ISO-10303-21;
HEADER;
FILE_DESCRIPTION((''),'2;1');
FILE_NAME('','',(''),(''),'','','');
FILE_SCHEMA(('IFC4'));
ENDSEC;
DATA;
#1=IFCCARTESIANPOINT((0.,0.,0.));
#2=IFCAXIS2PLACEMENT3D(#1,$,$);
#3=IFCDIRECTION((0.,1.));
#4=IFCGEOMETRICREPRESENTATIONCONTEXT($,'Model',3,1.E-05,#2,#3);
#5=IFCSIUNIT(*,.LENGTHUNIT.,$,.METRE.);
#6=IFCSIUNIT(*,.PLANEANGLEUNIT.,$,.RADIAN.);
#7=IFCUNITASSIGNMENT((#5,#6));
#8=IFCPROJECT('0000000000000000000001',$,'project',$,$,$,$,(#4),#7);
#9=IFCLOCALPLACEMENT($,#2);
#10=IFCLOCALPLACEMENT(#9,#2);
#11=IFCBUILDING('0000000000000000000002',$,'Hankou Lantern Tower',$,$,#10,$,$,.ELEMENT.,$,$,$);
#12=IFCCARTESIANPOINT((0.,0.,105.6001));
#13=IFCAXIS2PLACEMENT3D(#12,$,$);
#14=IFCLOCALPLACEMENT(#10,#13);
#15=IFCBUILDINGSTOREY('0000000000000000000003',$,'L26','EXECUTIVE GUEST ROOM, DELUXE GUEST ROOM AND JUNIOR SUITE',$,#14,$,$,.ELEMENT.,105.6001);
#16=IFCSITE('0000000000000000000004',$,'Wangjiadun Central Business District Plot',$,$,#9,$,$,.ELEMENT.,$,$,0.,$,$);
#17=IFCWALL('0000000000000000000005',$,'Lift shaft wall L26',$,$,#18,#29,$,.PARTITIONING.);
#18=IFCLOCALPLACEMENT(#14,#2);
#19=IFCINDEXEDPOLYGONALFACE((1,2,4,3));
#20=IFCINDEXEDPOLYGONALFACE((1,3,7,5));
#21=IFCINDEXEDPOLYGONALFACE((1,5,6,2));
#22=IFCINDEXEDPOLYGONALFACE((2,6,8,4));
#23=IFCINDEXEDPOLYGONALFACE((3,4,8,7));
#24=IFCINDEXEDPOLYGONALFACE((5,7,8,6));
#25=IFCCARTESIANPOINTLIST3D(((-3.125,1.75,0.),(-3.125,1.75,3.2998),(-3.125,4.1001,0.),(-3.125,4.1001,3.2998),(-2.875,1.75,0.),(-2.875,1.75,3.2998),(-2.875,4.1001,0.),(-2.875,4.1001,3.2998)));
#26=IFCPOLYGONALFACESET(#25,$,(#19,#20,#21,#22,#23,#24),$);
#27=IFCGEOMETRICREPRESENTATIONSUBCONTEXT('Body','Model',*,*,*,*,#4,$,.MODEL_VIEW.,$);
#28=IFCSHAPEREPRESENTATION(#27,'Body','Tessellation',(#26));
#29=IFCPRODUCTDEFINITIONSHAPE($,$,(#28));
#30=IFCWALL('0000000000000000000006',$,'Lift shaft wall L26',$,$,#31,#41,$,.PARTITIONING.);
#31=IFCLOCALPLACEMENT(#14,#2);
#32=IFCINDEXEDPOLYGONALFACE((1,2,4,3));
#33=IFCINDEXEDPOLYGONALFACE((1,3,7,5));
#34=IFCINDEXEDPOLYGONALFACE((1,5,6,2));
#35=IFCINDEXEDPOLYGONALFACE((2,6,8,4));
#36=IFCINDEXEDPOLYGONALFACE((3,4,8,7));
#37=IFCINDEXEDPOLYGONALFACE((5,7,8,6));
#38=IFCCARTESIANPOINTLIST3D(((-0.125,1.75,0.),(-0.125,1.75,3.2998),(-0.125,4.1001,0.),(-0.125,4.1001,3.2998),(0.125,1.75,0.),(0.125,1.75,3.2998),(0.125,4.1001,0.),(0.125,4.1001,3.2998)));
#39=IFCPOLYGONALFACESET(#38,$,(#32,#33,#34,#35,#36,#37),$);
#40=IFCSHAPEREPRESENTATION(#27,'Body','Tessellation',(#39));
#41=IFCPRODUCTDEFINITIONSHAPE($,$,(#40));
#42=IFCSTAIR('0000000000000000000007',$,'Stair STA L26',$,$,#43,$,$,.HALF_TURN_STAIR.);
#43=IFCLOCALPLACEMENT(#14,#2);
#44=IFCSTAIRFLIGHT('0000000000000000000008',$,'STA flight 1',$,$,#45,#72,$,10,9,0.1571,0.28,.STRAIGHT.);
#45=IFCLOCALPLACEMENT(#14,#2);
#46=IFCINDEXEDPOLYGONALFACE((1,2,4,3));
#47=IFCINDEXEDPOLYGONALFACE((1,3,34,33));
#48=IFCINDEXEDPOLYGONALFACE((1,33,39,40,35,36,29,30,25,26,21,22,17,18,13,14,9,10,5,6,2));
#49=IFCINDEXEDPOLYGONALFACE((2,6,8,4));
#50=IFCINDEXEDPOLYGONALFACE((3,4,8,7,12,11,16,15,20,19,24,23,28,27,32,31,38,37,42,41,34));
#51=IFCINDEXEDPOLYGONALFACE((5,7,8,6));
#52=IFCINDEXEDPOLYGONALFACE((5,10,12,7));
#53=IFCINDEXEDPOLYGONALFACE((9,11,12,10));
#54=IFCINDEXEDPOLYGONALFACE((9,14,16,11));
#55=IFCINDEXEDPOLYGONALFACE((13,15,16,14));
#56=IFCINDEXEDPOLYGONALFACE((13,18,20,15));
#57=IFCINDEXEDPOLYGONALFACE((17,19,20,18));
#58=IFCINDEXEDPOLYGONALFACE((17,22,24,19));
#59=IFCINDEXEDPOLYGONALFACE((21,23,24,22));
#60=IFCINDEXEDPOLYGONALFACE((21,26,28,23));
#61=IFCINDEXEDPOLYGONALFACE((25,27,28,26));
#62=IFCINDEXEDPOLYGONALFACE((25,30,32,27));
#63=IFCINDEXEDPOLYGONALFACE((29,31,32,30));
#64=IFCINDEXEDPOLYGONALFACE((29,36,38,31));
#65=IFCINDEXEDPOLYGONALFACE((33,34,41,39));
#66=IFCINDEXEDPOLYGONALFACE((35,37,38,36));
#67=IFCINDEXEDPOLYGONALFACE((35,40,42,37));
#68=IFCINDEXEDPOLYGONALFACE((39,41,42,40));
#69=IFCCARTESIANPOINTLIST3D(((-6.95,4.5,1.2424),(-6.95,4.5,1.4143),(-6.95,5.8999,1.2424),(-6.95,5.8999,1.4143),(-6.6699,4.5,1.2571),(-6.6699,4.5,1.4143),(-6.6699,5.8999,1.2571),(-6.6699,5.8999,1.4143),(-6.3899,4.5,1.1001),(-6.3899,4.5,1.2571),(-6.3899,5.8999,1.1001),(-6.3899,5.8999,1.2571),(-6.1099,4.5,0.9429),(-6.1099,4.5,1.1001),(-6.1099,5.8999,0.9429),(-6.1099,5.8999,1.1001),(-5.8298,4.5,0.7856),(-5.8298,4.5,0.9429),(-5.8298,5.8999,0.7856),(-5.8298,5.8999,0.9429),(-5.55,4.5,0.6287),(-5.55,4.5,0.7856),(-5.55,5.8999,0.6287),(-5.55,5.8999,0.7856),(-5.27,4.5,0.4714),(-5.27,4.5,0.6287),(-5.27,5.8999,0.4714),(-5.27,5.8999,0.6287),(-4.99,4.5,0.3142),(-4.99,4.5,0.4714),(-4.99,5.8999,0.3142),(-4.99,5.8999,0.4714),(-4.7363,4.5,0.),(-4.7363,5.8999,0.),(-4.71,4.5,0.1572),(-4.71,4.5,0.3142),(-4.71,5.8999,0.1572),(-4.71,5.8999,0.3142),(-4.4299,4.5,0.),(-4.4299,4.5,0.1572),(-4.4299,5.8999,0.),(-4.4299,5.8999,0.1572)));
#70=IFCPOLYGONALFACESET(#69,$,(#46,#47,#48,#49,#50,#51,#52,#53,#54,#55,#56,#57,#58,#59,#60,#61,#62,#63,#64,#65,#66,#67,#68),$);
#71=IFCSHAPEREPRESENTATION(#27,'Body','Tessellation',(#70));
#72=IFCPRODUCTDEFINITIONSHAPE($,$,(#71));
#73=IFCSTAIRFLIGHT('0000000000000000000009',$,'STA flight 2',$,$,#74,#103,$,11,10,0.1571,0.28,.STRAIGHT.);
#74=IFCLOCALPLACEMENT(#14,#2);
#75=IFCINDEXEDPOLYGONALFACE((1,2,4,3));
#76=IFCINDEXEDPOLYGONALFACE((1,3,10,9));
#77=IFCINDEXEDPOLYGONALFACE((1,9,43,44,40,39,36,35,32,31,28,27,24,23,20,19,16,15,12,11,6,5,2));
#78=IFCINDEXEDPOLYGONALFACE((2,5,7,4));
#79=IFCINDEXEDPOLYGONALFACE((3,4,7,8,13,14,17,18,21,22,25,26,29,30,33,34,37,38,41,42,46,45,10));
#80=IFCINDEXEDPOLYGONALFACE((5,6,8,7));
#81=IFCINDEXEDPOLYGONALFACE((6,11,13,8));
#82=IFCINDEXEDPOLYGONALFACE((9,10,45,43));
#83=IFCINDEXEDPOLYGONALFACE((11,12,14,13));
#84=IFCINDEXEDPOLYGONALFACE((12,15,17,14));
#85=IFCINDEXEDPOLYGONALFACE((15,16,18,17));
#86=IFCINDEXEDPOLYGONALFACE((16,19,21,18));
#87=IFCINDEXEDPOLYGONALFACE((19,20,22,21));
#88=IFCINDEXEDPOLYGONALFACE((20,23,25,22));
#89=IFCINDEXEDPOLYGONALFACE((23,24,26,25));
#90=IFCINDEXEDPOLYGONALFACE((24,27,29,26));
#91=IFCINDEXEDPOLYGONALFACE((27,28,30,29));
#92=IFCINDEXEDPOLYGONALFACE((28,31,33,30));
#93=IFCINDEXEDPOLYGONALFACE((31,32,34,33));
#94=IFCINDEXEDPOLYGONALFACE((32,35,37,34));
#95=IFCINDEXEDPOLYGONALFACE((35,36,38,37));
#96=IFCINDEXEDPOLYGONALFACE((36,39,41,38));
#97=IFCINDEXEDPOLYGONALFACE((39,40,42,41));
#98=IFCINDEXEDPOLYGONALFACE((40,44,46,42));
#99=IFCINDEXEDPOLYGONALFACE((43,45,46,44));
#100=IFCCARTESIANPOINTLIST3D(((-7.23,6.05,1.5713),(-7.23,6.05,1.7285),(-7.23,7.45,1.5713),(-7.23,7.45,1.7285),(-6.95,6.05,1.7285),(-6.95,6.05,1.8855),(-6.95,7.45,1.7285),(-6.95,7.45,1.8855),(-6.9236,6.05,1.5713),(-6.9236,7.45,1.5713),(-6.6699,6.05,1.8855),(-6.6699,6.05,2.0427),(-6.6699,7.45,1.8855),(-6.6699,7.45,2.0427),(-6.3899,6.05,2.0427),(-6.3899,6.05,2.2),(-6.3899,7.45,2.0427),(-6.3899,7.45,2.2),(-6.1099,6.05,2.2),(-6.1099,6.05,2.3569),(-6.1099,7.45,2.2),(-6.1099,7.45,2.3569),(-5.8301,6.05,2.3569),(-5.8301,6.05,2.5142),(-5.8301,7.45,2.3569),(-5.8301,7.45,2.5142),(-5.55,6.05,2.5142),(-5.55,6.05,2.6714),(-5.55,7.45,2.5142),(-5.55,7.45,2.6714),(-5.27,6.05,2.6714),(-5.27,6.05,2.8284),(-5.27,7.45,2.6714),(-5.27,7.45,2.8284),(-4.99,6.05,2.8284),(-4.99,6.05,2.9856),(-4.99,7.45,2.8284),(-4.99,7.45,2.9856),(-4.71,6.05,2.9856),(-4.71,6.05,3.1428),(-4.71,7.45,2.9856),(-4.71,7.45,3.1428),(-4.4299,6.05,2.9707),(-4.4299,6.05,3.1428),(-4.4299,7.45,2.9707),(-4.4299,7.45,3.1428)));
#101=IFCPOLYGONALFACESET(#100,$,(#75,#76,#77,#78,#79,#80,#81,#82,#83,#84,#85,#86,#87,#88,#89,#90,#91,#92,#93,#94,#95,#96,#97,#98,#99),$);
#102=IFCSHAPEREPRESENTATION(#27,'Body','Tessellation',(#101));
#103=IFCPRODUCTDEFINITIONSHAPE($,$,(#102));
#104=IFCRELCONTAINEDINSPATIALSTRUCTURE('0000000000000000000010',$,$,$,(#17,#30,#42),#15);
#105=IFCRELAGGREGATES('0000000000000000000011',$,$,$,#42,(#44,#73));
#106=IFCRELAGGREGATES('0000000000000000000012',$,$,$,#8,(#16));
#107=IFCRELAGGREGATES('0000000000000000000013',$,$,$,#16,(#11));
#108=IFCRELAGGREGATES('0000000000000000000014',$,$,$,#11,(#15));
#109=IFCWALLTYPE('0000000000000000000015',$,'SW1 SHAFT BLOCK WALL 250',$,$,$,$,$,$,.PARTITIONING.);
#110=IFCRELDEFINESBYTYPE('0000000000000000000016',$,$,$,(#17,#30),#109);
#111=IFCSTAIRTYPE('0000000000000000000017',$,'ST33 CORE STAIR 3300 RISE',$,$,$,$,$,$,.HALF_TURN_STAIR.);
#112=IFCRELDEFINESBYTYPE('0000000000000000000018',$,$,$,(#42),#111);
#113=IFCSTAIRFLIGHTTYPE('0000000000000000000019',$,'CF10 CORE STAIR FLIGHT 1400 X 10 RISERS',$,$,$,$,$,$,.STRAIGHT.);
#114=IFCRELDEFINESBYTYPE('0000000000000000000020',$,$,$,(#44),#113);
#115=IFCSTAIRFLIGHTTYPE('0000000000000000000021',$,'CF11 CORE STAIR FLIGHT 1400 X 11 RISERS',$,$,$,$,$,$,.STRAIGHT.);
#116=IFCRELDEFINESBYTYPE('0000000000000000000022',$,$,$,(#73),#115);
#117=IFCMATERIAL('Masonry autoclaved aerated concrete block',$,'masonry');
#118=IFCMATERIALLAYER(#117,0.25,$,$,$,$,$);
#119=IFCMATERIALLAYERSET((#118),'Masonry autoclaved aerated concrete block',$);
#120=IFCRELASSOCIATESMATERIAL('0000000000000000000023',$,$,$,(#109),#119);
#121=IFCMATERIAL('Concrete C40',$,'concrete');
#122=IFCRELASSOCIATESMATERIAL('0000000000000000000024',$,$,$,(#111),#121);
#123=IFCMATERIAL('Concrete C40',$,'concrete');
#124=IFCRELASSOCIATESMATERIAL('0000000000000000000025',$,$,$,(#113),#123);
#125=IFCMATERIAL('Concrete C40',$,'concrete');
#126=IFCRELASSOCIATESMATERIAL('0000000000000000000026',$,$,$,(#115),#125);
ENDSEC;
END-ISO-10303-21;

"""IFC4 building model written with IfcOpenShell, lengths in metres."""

from ifc_helpers import new_model, si_unit, direction, frame, frame_2d, origin, place, context, subcontext, project, spatial, polyline, rectangle, outline, extrude, material, layer, layer_set, type_object, element, aggregate, save


model = new_model("IFC4")

# Units and contexts
model_context = context("Model", 3, precision=1e-05, world=origin(), true_north=direction((0.0, 1.0)))
body_context = subcontext(model_context, "Body", "Model", "MODEL_VIEW")
ifc_project = project(units=[si_unit("LENGTHUNIT", "METRE"), si_unit("PLANEANGLEUNIT", "RADIAN")], contexts=[model_context])

# Site, building, storey
site_placement = place(None, origin())
site = spatial("IfcSite", under=ifc_project, at=site_placement, Name="Wangjiadun Central Business District Plot", CompositionType="ELEMENT", RefElevation=0.0)
building_placement = place(site_placement, origin())
building = spatial("IfcBuilding", under=site, at=building_placement, Name="Hankou Lantern Tower", CompositionType="ELEMENT")
storey_placement = place(building_placement, frame((0.0, 0.0, 105.6001)))
storey = spatial("IfcBuildingStorey", under=building, at=storey_placement, Name="L26", Description="EXECUTIVE GUEST ROOM, DELUXE GUEST ROOM AND JUNIOR SUITE", CompositionType="ELEMENT", Elevation=105.6001)

# Walls
ifc_material_1 = material(Name="Masonry autoclaved aerated concrete block", Category="masonry")
ifc_layer_1 = layer(ifc_material_1, 0.25)
ifc_layer_set_1 = layer_set([ifc_layer_1], Name="Masonry autoclaved aerated concrete block")
wall_type_1 = type_object("IfcWallType", Name="SW1 SHAFT BLOCK WALL 250", PredefinedType="PARTITIONING", material=ifc_layer_set_1)
for number, where, z_axis, x_axis, name in (
    (1, (-3.0, 1.75, 0.0), (0.0, 0.0, 1.0), (0.0, 1.0, 0.0), "Lift shaft wall L26"),
    (2, (0.0, 1.75, 0.0), (0.0, 0.0, 1.0), (0.0, 1.0, 0.0), "Lift shaft wall L26"),
):
    element("IfcWall", number, at=place(storey_placement, frame(where, z_axis=z_axis, x_axis=x_axis)), inside=storey, type_object=wall_type_1, Name=name, PredefinedType="PARTITIONING", context=body_context, shape_type="SweptSolid", body=[
        extrude(rectangle(XDim=2.3501, YDim=0.25, at=frame_2d((1.175, 0.0))), origin(), (0.0, 0.0, 1.0), 3.2998),
    ])

# Stair, stair flights
ifc_material_2 = material(Name="Concrete C40", Category="concrete")
stair_type = type_object("IfcStairType", Name="ST33 CORE STAIR 3300 RISE", PredefinedType="HALF_TURN_STAIR", material=ifc_material_2)
stair_placement = place(storey_placement, origin())
stair = element("IfcStair", 3, at=stair_placement, inside=storey, type_object=stair_type, Name="Stair STA L26", PredefinedType="HALF_TURN_STAIR")
ifc_material_3 = material(Name="Concrete C40", Category="concrete")
stair_flight_type_1 = type_object("IfcStairFlightType", Name="CF10 CORE STAIR FLIGHT 1400 X 10 RISERS", PredefinedType="STRAIGHT", material=ifc_material_3)
stair_flight_1_placement = place(storey_placement, frame((-4.4299, 5.2, 0.0), z_axis=(0.0, 0.0, 1.0), x_axis=(-1.0, 0.0, 0.0)))
stair_flight_1 = element("IfcStairFlight", 4, at=stair_flight_1_placement, type_object=stair_flight_type_1, Name="STA flight 1", NumberOfRisers=10, NumberOfTreads=9, PredefinedType="STRAIGHT", RiserHeight=0.1571, TreadLength=0.28, context=body_context, shape_type="SweptSolid", body=[
    extrude(outline(polyline([(0.0, 0.0), (0.0, 0.1572), (0.28, 0.1572), (0.28, 0.3142), (0.5601, 0.3142), (0.5601, 0.4714), (0.8401, 0.4714), (0.8401, 0.6287), (1.1201, 0.6287), (1.1201, 0.7856), (1.3999, 0.7856), (1.3999, 0.9429), (1.6799, 0.9429), (1.6799, 1.1001), (1.96, 1.1001), (1.96, 1.2571), (2.24, 1.2571), (2.24, 1.4143), (2.52, 1.4143), (2.52, 1.5715), (2.52, 1.2424), (0.3064, 0.0), (0.0, 0.0)])), frame((0.0, 0.7, 0.0), z_axis=(0.0, -1.0, 0.0), x_axis=(1.0, 0.0, 0.0)), (0.0, 0.0, 1.0), 1.3999),
])
ifc_material_4 = material(Name="Concrete C40", Category="concrete")
stair_flight_type_2 = type_object("IfcStairFlightType", Name="CF11 CORE STAIR FLIGHT 1400 X 11 RISERS", PredefinedType="STRAIGHT", material=ifc_material_4)
stair_flight_2_placement = place(storey_placement, frame((-7.23, 6.75, 1.5713), z_axis=(0.0, 0.0, 1.0), x_axis=(1.0, 0.0, 0.0)))
stair_flight_2 = element("IfcStairFlight", 5, at=stair_flight_2_placement, type_object=stair_flight_type_2, Name="STA flight 2", NumberOfRisers=11, NumberOfTreads=10, PredefinedType="STRAIGHT", RiserHeight=0.1571, TreadLength=0.28, context=body_context, shape_type="SweptSolid", body=[
    extrude(outline(polyline([(0.0, 0.0), (0.0, 0.1572), (0.28, 0.1572), (0.28, 0.3142), (0.5601, 0.3142), (0.5601, 0.4714), (0.8401, 0.4714), (0.8401, 0.6287), (1.1201, 0.6287), (1.1201, 0.7856), (1.3999, 0.7856), (1.3999, 0.9429), (1.6799, 0.9429), (1.6799, 1.1001), (1.96, 1.1001), (1.96, 1.2571), (2.24, 1.2571), (2.24, 1.4143), (2.52, 1.4143), (2.52, 1.5715), (2.8, 1.5715), (2.8, 1.7285), (2.8, 1.3994), (0.3064, 0.0), (0.0, 0.0)])), frame((0.0, 0.7, 0.0), z_axis=(0.0, -1.0, 0.0), x_axis=(1.0, 0.0, 0.0)), (0.0, 0.0, 1.0), 1.3999),
])
aggregate(stair, [stair_flight_1, stair_flight_2])

save(model, "model.ifc")
